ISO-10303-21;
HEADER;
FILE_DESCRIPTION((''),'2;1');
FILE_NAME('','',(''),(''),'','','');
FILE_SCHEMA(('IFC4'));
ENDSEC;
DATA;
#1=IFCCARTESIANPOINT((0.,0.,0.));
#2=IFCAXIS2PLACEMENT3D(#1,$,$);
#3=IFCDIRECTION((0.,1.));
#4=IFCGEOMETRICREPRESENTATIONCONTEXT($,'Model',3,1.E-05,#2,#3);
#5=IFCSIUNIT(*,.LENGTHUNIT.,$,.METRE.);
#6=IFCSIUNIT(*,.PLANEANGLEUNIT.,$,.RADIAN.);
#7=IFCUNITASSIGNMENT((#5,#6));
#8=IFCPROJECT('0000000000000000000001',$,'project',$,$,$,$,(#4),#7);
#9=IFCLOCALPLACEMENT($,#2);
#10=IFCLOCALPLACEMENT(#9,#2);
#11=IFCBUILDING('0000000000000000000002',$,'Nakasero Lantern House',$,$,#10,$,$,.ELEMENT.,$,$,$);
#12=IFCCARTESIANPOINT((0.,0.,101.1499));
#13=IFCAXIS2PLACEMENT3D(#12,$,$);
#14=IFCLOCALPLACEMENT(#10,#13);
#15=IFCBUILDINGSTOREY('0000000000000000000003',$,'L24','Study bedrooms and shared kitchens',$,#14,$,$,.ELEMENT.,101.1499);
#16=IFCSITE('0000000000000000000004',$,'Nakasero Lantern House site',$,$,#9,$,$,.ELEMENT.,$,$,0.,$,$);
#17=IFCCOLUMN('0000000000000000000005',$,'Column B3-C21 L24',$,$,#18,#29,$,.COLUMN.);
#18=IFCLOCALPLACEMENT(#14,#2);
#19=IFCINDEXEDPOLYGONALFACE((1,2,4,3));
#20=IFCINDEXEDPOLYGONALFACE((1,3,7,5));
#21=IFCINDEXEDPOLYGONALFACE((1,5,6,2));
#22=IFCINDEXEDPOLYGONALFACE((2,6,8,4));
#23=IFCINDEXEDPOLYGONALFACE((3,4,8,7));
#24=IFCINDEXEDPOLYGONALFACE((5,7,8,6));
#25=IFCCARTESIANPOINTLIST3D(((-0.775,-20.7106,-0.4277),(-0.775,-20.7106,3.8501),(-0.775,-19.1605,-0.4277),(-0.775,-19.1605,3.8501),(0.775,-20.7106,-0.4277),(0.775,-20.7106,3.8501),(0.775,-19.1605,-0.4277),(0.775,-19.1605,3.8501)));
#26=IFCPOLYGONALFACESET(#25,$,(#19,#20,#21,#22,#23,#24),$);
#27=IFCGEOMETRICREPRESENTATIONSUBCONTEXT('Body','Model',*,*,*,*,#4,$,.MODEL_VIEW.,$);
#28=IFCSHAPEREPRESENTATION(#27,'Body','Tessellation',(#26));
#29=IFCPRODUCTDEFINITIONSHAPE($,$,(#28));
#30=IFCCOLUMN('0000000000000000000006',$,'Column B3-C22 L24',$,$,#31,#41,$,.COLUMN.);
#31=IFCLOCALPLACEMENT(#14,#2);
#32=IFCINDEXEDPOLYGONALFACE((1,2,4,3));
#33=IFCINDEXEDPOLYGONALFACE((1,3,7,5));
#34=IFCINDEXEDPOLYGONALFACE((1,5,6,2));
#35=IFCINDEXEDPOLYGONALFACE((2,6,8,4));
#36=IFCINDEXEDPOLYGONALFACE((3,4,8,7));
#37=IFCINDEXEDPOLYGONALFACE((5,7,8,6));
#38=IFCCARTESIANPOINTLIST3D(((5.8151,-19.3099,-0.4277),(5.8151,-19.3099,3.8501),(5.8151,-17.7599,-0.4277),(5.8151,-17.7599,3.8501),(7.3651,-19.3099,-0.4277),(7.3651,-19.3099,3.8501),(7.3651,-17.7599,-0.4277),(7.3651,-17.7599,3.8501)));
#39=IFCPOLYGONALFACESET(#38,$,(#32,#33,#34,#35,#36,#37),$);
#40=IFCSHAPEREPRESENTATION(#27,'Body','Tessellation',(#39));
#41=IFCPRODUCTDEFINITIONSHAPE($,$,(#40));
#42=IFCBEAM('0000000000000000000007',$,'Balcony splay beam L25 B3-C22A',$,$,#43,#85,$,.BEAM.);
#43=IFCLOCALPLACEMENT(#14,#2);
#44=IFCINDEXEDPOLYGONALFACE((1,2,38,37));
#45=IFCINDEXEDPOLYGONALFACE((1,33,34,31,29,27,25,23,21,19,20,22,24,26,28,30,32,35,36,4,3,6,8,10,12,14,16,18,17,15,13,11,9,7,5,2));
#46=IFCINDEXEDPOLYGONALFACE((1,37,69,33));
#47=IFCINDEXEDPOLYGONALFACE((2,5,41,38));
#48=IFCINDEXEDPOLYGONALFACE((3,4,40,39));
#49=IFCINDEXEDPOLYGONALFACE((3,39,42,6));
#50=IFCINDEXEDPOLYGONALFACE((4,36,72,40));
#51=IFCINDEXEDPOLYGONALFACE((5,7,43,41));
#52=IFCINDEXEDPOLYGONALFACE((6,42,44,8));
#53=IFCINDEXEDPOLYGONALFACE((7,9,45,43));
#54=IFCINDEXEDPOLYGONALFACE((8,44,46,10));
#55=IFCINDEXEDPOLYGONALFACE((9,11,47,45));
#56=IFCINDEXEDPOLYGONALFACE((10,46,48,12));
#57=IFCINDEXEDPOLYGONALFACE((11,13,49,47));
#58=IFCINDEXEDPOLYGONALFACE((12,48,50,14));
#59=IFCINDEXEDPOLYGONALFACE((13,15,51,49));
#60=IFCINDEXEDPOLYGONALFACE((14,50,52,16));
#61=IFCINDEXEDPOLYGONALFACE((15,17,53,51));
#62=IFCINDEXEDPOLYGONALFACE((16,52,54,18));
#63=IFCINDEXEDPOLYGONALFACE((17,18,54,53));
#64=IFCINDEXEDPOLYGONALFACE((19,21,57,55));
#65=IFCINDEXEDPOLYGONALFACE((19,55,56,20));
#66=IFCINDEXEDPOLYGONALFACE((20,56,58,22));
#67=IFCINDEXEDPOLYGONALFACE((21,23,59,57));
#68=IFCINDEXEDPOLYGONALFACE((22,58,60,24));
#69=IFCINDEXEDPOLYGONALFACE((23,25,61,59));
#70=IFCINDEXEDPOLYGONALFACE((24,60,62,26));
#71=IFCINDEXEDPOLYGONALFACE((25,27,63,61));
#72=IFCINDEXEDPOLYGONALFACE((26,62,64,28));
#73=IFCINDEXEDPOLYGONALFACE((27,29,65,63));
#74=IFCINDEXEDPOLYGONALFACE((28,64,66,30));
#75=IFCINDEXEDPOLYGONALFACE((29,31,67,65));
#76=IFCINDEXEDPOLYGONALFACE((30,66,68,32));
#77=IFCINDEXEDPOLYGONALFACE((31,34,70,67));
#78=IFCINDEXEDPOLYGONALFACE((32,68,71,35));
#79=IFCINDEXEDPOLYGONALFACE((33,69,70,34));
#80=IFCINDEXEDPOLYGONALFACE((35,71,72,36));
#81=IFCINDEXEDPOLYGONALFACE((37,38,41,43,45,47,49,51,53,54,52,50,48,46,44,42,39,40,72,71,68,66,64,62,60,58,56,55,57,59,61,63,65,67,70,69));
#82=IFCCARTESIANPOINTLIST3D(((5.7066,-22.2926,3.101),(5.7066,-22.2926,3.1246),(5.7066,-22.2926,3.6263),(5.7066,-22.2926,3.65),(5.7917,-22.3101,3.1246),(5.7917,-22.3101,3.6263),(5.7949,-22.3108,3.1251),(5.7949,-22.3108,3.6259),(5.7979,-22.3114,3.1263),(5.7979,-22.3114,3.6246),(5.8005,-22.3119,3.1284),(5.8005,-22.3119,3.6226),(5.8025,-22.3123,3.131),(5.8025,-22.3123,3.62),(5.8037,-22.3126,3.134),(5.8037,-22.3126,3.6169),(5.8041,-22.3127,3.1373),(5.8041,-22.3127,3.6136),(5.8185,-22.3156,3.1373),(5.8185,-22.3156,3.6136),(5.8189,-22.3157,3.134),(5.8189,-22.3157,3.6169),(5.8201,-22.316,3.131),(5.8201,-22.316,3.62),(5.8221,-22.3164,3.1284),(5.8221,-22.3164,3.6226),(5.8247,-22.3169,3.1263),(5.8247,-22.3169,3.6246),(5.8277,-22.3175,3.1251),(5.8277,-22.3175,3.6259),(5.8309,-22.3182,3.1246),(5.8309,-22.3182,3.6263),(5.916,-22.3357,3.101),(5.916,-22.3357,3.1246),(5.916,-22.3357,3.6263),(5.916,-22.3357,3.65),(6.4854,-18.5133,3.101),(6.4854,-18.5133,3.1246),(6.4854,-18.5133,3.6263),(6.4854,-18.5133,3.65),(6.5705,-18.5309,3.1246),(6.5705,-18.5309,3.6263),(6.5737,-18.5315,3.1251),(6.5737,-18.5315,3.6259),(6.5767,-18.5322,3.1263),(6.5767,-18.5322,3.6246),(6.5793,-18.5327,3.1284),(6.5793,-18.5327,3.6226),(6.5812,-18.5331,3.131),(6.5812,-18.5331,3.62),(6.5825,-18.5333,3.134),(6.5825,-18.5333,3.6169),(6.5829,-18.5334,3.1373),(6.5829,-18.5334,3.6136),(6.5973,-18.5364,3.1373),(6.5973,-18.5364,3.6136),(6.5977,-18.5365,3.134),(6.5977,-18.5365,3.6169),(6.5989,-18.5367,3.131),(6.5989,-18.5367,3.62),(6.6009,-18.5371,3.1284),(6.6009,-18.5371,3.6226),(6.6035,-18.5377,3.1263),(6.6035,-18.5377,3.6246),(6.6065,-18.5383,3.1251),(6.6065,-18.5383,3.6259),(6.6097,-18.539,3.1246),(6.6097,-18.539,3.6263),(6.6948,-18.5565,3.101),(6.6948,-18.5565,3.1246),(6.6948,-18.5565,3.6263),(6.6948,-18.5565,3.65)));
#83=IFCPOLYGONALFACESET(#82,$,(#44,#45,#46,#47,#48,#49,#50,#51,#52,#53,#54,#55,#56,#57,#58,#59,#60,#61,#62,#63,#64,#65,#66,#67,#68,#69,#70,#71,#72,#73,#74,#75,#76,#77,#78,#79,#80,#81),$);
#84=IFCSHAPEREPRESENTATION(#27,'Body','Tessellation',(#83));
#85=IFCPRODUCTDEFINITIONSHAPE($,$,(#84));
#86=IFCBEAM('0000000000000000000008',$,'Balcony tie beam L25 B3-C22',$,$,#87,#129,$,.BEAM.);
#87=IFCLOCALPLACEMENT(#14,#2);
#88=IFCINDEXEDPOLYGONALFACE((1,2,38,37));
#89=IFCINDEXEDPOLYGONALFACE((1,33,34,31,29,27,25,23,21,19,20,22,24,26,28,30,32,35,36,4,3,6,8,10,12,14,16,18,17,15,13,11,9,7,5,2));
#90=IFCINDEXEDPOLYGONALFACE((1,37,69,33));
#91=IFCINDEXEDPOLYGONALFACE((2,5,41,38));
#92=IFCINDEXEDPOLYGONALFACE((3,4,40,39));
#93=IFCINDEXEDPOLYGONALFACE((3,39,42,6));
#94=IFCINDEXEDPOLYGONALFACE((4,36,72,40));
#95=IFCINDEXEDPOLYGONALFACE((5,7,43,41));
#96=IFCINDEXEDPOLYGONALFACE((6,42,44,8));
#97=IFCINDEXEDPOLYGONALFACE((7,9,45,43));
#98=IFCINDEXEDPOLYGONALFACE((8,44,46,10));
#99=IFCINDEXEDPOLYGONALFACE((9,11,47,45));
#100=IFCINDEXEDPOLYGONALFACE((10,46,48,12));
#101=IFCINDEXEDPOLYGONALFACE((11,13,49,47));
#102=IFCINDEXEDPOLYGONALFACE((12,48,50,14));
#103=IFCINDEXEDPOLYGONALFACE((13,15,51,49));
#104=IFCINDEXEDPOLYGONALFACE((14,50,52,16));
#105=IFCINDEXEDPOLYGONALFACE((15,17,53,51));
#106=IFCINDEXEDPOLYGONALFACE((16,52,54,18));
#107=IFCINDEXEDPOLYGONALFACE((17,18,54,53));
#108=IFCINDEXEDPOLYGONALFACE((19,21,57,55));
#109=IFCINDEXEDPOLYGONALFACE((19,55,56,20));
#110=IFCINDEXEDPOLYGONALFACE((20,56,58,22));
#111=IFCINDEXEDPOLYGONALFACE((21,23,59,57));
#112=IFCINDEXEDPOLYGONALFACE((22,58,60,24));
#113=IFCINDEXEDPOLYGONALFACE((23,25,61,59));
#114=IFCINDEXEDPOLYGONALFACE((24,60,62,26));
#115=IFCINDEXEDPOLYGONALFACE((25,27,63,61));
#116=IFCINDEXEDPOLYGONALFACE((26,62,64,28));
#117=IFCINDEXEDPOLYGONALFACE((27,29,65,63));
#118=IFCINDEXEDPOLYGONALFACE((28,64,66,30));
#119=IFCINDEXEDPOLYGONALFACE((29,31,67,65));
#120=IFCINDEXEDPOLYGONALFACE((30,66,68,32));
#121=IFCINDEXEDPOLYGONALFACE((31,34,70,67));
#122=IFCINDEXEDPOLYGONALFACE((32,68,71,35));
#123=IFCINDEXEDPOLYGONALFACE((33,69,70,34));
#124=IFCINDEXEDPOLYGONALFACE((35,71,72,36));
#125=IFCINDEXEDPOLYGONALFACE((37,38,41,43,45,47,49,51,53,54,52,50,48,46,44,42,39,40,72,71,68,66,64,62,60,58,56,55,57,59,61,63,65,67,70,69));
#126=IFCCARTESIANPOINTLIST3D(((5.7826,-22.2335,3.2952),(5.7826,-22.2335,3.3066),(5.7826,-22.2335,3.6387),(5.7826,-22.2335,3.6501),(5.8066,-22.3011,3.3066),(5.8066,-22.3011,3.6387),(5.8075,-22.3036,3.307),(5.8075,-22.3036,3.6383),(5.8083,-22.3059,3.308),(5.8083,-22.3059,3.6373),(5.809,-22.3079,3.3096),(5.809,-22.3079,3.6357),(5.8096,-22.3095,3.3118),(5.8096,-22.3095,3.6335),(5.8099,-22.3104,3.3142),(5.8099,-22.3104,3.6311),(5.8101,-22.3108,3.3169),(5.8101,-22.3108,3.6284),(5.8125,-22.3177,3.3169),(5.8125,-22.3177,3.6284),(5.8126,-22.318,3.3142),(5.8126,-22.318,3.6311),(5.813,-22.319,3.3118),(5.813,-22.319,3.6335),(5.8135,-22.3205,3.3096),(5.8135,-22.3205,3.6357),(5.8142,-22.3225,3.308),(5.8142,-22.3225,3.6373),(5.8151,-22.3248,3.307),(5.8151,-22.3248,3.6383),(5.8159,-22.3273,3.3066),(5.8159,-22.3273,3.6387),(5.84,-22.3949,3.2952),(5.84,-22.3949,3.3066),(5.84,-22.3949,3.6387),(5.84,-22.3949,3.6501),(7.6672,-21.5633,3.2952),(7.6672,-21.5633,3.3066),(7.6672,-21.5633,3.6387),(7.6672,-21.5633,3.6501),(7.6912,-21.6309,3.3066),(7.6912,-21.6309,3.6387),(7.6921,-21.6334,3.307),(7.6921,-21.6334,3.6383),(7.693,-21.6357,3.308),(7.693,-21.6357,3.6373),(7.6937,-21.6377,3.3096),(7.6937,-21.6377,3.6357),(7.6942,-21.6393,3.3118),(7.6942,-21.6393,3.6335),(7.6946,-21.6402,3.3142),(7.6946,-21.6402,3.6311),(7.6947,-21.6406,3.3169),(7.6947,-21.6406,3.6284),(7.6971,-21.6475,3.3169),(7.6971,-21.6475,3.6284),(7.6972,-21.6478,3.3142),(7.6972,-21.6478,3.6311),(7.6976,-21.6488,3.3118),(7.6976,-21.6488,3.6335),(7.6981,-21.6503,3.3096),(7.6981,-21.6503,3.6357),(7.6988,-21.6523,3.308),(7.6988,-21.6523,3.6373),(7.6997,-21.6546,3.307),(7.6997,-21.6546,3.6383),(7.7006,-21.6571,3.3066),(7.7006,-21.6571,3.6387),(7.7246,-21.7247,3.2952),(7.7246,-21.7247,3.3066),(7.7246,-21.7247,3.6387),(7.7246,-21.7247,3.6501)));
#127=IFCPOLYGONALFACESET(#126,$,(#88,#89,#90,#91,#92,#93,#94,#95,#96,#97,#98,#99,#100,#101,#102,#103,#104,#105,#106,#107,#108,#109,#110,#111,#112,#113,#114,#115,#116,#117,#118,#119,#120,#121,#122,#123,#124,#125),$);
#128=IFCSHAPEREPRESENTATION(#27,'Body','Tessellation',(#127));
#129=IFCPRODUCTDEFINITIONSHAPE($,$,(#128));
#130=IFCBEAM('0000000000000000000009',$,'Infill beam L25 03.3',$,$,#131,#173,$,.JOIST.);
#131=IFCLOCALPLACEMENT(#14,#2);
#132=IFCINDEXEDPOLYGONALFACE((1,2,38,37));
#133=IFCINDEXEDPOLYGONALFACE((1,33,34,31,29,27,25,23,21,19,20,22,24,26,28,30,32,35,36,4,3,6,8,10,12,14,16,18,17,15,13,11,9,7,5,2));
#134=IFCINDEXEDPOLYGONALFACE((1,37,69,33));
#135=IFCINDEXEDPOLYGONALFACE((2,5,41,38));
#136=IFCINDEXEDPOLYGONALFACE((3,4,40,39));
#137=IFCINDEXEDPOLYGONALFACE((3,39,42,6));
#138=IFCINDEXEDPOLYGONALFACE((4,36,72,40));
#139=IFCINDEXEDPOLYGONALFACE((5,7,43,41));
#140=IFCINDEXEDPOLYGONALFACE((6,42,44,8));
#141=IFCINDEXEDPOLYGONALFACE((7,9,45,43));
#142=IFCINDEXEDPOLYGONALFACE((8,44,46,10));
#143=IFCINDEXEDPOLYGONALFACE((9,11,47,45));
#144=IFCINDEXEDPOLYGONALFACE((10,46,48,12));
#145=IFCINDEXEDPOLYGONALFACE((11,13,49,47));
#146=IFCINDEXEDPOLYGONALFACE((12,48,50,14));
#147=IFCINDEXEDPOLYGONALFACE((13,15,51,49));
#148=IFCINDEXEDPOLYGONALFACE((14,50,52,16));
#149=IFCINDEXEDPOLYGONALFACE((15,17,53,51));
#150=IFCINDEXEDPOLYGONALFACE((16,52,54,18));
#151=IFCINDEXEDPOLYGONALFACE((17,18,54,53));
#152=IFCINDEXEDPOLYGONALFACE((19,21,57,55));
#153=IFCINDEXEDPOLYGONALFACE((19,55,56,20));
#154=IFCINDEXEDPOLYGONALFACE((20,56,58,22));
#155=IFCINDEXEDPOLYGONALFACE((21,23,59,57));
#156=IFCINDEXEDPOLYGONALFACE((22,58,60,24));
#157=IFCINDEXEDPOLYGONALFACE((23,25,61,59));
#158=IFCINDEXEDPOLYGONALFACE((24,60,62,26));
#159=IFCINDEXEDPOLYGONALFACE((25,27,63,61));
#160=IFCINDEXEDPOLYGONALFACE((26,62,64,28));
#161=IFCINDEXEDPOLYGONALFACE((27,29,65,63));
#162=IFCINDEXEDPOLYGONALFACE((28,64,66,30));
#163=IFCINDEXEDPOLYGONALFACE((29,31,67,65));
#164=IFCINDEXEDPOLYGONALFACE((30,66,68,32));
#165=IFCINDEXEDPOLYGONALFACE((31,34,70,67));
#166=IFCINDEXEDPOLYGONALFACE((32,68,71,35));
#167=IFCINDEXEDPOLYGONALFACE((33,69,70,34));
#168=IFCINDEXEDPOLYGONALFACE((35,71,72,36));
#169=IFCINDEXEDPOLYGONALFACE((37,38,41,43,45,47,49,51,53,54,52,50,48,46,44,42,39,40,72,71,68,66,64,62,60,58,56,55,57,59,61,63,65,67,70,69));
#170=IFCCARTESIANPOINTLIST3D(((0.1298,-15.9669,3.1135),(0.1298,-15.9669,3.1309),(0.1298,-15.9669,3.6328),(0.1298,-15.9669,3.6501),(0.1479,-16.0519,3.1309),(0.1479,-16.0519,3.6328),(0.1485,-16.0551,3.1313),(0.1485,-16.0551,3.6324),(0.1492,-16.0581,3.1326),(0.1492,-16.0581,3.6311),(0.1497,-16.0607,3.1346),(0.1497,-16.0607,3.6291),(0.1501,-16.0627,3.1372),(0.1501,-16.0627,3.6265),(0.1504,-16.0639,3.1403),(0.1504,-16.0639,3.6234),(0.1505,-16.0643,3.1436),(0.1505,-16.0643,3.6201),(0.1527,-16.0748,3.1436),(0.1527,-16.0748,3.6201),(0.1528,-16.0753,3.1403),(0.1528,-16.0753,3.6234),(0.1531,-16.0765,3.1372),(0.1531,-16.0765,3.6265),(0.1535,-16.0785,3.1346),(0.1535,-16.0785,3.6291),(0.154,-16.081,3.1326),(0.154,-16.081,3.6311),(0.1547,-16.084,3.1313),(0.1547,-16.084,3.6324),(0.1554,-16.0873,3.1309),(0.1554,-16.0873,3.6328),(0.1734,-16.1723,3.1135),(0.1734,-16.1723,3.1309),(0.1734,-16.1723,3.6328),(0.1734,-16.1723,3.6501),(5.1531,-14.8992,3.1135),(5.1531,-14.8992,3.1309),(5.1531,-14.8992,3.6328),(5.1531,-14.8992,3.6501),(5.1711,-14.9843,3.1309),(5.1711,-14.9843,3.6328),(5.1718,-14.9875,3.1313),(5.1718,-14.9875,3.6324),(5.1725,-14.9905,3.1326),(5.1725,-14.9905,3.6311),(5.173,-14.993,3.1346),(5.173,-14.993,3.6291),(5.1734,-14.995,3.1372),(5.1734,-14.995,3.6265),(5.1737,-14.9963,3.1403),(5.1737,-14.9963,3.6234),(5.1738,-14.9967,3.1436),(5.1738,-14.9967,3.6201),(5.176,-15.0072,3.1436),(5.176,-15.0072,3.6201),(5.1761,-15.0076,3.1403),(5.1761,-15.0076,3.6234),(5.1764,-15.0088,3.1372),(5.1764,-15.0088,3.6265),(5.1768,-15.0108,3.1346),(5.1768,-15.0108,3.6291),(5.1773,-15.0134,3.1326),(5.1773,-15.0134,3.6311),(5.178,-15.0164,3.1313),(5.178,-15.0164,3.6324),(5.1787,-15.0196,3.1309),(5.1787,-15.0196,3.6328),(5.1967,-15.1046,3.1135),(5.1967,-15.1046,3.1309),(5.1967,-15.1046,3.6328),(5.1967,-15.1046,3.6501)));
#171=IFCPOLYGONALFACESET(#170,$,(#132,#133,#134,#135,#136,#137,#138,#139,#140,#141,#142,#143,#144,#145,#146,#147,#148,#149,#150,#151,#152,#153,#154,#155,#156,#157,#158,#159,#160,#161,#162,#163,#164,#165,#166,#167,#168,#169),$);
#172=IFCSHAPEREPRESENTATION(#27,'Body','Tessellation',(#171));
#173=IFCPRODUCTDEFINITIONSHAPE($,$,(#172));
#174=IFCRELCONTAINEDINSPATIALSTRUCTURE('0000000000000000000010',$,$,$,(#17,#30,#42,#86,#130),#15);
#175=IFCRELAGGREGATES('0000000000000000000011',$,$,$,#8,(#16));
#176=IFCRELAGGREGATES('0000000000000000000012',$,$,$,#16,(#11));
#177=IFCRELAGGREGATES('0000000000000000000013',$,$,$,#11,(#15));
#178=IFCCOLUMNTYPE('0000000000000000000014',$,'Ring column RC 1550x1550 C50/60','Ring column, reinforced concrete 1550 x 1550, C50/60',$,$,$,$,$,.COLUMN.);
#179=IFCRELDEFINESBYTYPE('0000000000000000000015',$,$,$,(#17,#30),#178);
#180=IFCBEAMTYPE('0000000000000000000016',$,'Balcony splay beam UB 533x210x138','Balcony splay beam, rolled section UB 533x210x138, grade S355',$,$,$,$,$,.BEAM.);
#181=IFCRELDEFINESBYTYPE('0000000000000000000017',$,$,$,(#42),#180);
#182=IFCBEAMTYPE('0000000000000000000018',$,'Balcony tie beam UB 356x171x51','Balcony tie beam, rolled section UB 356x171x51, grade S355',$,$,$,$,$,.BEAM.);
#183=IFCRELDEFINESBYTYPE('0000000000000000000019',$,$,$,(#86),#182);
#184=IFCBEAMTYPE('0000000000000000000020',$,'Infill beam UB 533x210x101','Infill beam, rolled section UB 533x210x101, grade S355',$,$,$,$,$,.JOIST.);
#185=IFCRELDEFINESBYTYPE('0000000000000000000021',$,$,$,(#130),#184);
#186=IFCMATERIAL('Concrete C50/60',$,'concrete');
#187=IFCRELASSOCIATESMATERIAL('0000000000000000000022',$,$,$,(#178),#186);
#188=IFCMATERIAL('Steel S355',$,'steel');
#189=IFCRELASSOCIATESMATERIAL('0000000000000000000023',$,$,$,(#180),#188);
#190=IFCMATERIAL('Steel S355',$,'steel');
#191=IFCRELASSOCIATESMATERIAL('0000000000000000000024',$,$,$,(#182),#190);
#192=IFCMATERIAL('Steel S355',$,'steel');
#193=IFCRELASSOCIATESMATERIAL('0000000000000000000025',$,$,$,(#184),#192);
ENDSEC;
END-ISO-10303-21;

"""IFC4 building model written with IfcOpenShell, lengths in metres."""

from ifc_helpers import new_model, si_unit, direction, frame, origin, origin_2d, place, context, subcontext, project, spatial, rectangle, i_section, extrude, material, material_profile, profile_set, type_object, element, save


model = new_model("IFC4")

# Units and contexts
model_context = context("Model", 3, precision=1e-05, world=origin(), true_north=direction((0.0, 1.0)))
body_context = subcontext(model_context, "Body", "Model", "MODEL_VIEW")
ifc_project = project(units=[si_unit("LENGTHUNIT", "METRE"), si_unit("PLANEANGLEUNIT", "RADIAN")], contexts=[model_context])

# Site, building, storey
site_placement = place(None, origin())
site = spatial("IfcSite", under=ifc_project, at=site_placement, Name="Nakasero Lantern House site", CompositionType="ELEMENT", RefElevation=0.0)
building_placement = place(site_placement, origin())
building = spatial("IfcBuilding", under=site, at=building_placement, Name="Nakasero Lantern House", CompositionType="ELEMENT")
storey_placement = place(building_placement, frame((0.0, 0.0, 101.1499)))
storey = spatial("IfcBuildingStorey", under=building, at=storey_placement, Name="L24", Description="Study bedrooms and shared kitchens", CompositionType="ELEMENT", Elevation=101.1499)

# Columns
ifc_material_1 = material(Name="Concrete C50/60", Category="concrete")
ifc_material_profile_1 = material_profile(ifc_material_1, rectangle(XDim=1.55, YDim=1.55, at=origin_2d()), Name="RC 1550x1550")
ifc_profile_set_1 = profile_set([ifc_material_profile_1], Name="Concrete C50/60")
column_type = type_object("IfcColumnType", Name="Ring column RC 1550x1550 C50/60", Description="Ring column, reinforced concrete 1550 x 1550, C50/60", PredefinedType="COLUMN", material=ifc_profile_set_1)
for number, where, z_axis, x_axis, name in (
    (1, (0.0, -19.9355, -0.4277), (0.0, 0.0, 1.0), (1.0, 0.0, 0.0), "Column B3-C21 L24"),
    (2, (6.5901, -18.5349, -0.4277), (0.0, 0.0, 1.0), (1.0, 0.0, 0.0), "Column B3-C22 L24"),
):
    element("IfcColumn", number, at=place(storey_placement, frame(where, z_axis=z_axis, x_axis=x_axis)), inside=storey, type_object=column_type, Name=name, PredefinedType="COLUMN", context=body_context, shape_type="SweptSolid", body=[
        extrude(rectangle(XDim=1.55, YDim=1.55, at=origin_2d()), origin(), (0.0, 0.0, 1.0), 4.2778),
    ])

# Beams
ifc_material_2 = material(Name="Steel S355", Category="steel")
ifc_material_profile_2 = material_profile(ifc_material_2, i_section(OverallWidth=0.2139, OverallDepth=0.5491, WebThickness=0.0146, FlangeThickness=0.0237, FilletRadius=0.0127, at=origin_2d()), Name="UB 533x210x138")
ifc_profile_set_2 = profile_set([ifc_material_profile_2], Name="Steel S355")
beam_type_1 = type_object("IfcBeamType", Name="Balcony splay beam UB 533x210x138", Description="Balcony splay beam, rolled section UB 533x210x138, grade S355", PredefinedType="BEAM", material=ifc_profile_set_2)
beam_1_placement = place(storey_placement, frame((6.5901, -18.5349, 3.3755), z_axis=(-0.201831, -0.97942, 0.0), x_axis=(0.97942, -0.201831, 0.0)))
element("IfcBeam", 3, at=beam_1_placement, inside=storey, type_object=beam_type_1, Name="Balcony splay beam L25 B3-C22A", PredefinedType="BEAM", context=body_context, shape_type="SweptSolid", body=[
    extrude(i_section(OverallWidth=0.2139, OverallDepth=0.5491, WebThickness=0.0146, FlangeThickness=0.0237, FilletRadius=0.0127, at=origin_2d()), origin(), (0.0, 0.0, 1.0), 3.8586),
])
ifc_material_3 = material(Name="Steel S355", Category="steel")
ifc_material_profile_3 = material_profile(ifc_material_3, i_section(OverallWidth=0.1714, OverallDepth=0.355, WebThickness=0.0073, FlangeThickness=0.0115, FilletRadius=0.0103, at=origin_2d()), Name="UB 356x171x51")
ifc_profile_set_3 = profile_set([ifc_material_profile_3], Name="Steel S355")
beam_type_2 = type_object("IfcBeamType", Name="Balcony tie beam UB 356x171x51", Description="Balcony tie beam, rolled section UB 356x171x51, grade S355", PredefinedType="BEAM", material=ifc_profile_set_3)
beam_2_placement = place(storey_placement, frame((5.8113, -22.3142, 3.4727), z_axis=(0.942197, 0.33506, 0.0), x_axis=(-0.33506, 0.942197, 0.0)))
element("IfcBeam", 4, at=beam_2_placement, inside=storey, type_object=beam_type_2, Name="Balcony tie beam L25 B3-C22", PredefinedType="BEAM", context=body_context, shape_type="SweptSolid", body=[
    extrude(i_section(OverallWidth=0.1714, OverallDepth=0.355, WebThickness=0.0073, FlangeThickness=0.0115, FilletRadius=0.0103, at=origin_2d()), origin(), (0.0, 0.0, 1.0), 2.0002),
])
ifc_material_4 = material(Name="Steel S355", Category="steel")
ifc_material_profile_4 = material_profile(ifc_material_4, i_section(OverallWidth=0.21, OverallDepth=0.5366, WebThickness=0.0107, FlangeThickness=0.0173, FilletRadius=0.0127, at=origin_2d()), Name="UB 533x210x101")
ifc_profile_set_4 = profile_set([ifc_material_profile_4], Name="Steel S355")
beam_type_3 = type_object("IfcBeamType", Name="Infill beam UB 533x210x101", Description="Infill beam, rolled section UB 533x210x101, grade S355", PredefinedType="JOIST", material=ifc_profile_set_4)
beam_3_placement = place(storey_placement, frame((0.1516, -16.0696, 3.3818), z_axis=(0.978151, 0.207896, 0.0), x_axis=(-0.207896, 0.978151, 0.0)))
element("IfcBeam", 5, at=beam_3_placement, inside=storey, type_object=beam_type_3, Name="Infill beam L25 03.3", PredefinedType="JOIST", context=body_context, shape_type="SweptSolid", body=[
    extrude(i_section(OverallWidth=0.21, OverallDepth=0.5366, WebThickness=0.0107, FlangeThickness=0.0173, FilletRadius=0.0127, at=origin_2d()), origin(), (0.0, 0.0, 1.0), 5.1355),
])

save(model, "model.ifc")
